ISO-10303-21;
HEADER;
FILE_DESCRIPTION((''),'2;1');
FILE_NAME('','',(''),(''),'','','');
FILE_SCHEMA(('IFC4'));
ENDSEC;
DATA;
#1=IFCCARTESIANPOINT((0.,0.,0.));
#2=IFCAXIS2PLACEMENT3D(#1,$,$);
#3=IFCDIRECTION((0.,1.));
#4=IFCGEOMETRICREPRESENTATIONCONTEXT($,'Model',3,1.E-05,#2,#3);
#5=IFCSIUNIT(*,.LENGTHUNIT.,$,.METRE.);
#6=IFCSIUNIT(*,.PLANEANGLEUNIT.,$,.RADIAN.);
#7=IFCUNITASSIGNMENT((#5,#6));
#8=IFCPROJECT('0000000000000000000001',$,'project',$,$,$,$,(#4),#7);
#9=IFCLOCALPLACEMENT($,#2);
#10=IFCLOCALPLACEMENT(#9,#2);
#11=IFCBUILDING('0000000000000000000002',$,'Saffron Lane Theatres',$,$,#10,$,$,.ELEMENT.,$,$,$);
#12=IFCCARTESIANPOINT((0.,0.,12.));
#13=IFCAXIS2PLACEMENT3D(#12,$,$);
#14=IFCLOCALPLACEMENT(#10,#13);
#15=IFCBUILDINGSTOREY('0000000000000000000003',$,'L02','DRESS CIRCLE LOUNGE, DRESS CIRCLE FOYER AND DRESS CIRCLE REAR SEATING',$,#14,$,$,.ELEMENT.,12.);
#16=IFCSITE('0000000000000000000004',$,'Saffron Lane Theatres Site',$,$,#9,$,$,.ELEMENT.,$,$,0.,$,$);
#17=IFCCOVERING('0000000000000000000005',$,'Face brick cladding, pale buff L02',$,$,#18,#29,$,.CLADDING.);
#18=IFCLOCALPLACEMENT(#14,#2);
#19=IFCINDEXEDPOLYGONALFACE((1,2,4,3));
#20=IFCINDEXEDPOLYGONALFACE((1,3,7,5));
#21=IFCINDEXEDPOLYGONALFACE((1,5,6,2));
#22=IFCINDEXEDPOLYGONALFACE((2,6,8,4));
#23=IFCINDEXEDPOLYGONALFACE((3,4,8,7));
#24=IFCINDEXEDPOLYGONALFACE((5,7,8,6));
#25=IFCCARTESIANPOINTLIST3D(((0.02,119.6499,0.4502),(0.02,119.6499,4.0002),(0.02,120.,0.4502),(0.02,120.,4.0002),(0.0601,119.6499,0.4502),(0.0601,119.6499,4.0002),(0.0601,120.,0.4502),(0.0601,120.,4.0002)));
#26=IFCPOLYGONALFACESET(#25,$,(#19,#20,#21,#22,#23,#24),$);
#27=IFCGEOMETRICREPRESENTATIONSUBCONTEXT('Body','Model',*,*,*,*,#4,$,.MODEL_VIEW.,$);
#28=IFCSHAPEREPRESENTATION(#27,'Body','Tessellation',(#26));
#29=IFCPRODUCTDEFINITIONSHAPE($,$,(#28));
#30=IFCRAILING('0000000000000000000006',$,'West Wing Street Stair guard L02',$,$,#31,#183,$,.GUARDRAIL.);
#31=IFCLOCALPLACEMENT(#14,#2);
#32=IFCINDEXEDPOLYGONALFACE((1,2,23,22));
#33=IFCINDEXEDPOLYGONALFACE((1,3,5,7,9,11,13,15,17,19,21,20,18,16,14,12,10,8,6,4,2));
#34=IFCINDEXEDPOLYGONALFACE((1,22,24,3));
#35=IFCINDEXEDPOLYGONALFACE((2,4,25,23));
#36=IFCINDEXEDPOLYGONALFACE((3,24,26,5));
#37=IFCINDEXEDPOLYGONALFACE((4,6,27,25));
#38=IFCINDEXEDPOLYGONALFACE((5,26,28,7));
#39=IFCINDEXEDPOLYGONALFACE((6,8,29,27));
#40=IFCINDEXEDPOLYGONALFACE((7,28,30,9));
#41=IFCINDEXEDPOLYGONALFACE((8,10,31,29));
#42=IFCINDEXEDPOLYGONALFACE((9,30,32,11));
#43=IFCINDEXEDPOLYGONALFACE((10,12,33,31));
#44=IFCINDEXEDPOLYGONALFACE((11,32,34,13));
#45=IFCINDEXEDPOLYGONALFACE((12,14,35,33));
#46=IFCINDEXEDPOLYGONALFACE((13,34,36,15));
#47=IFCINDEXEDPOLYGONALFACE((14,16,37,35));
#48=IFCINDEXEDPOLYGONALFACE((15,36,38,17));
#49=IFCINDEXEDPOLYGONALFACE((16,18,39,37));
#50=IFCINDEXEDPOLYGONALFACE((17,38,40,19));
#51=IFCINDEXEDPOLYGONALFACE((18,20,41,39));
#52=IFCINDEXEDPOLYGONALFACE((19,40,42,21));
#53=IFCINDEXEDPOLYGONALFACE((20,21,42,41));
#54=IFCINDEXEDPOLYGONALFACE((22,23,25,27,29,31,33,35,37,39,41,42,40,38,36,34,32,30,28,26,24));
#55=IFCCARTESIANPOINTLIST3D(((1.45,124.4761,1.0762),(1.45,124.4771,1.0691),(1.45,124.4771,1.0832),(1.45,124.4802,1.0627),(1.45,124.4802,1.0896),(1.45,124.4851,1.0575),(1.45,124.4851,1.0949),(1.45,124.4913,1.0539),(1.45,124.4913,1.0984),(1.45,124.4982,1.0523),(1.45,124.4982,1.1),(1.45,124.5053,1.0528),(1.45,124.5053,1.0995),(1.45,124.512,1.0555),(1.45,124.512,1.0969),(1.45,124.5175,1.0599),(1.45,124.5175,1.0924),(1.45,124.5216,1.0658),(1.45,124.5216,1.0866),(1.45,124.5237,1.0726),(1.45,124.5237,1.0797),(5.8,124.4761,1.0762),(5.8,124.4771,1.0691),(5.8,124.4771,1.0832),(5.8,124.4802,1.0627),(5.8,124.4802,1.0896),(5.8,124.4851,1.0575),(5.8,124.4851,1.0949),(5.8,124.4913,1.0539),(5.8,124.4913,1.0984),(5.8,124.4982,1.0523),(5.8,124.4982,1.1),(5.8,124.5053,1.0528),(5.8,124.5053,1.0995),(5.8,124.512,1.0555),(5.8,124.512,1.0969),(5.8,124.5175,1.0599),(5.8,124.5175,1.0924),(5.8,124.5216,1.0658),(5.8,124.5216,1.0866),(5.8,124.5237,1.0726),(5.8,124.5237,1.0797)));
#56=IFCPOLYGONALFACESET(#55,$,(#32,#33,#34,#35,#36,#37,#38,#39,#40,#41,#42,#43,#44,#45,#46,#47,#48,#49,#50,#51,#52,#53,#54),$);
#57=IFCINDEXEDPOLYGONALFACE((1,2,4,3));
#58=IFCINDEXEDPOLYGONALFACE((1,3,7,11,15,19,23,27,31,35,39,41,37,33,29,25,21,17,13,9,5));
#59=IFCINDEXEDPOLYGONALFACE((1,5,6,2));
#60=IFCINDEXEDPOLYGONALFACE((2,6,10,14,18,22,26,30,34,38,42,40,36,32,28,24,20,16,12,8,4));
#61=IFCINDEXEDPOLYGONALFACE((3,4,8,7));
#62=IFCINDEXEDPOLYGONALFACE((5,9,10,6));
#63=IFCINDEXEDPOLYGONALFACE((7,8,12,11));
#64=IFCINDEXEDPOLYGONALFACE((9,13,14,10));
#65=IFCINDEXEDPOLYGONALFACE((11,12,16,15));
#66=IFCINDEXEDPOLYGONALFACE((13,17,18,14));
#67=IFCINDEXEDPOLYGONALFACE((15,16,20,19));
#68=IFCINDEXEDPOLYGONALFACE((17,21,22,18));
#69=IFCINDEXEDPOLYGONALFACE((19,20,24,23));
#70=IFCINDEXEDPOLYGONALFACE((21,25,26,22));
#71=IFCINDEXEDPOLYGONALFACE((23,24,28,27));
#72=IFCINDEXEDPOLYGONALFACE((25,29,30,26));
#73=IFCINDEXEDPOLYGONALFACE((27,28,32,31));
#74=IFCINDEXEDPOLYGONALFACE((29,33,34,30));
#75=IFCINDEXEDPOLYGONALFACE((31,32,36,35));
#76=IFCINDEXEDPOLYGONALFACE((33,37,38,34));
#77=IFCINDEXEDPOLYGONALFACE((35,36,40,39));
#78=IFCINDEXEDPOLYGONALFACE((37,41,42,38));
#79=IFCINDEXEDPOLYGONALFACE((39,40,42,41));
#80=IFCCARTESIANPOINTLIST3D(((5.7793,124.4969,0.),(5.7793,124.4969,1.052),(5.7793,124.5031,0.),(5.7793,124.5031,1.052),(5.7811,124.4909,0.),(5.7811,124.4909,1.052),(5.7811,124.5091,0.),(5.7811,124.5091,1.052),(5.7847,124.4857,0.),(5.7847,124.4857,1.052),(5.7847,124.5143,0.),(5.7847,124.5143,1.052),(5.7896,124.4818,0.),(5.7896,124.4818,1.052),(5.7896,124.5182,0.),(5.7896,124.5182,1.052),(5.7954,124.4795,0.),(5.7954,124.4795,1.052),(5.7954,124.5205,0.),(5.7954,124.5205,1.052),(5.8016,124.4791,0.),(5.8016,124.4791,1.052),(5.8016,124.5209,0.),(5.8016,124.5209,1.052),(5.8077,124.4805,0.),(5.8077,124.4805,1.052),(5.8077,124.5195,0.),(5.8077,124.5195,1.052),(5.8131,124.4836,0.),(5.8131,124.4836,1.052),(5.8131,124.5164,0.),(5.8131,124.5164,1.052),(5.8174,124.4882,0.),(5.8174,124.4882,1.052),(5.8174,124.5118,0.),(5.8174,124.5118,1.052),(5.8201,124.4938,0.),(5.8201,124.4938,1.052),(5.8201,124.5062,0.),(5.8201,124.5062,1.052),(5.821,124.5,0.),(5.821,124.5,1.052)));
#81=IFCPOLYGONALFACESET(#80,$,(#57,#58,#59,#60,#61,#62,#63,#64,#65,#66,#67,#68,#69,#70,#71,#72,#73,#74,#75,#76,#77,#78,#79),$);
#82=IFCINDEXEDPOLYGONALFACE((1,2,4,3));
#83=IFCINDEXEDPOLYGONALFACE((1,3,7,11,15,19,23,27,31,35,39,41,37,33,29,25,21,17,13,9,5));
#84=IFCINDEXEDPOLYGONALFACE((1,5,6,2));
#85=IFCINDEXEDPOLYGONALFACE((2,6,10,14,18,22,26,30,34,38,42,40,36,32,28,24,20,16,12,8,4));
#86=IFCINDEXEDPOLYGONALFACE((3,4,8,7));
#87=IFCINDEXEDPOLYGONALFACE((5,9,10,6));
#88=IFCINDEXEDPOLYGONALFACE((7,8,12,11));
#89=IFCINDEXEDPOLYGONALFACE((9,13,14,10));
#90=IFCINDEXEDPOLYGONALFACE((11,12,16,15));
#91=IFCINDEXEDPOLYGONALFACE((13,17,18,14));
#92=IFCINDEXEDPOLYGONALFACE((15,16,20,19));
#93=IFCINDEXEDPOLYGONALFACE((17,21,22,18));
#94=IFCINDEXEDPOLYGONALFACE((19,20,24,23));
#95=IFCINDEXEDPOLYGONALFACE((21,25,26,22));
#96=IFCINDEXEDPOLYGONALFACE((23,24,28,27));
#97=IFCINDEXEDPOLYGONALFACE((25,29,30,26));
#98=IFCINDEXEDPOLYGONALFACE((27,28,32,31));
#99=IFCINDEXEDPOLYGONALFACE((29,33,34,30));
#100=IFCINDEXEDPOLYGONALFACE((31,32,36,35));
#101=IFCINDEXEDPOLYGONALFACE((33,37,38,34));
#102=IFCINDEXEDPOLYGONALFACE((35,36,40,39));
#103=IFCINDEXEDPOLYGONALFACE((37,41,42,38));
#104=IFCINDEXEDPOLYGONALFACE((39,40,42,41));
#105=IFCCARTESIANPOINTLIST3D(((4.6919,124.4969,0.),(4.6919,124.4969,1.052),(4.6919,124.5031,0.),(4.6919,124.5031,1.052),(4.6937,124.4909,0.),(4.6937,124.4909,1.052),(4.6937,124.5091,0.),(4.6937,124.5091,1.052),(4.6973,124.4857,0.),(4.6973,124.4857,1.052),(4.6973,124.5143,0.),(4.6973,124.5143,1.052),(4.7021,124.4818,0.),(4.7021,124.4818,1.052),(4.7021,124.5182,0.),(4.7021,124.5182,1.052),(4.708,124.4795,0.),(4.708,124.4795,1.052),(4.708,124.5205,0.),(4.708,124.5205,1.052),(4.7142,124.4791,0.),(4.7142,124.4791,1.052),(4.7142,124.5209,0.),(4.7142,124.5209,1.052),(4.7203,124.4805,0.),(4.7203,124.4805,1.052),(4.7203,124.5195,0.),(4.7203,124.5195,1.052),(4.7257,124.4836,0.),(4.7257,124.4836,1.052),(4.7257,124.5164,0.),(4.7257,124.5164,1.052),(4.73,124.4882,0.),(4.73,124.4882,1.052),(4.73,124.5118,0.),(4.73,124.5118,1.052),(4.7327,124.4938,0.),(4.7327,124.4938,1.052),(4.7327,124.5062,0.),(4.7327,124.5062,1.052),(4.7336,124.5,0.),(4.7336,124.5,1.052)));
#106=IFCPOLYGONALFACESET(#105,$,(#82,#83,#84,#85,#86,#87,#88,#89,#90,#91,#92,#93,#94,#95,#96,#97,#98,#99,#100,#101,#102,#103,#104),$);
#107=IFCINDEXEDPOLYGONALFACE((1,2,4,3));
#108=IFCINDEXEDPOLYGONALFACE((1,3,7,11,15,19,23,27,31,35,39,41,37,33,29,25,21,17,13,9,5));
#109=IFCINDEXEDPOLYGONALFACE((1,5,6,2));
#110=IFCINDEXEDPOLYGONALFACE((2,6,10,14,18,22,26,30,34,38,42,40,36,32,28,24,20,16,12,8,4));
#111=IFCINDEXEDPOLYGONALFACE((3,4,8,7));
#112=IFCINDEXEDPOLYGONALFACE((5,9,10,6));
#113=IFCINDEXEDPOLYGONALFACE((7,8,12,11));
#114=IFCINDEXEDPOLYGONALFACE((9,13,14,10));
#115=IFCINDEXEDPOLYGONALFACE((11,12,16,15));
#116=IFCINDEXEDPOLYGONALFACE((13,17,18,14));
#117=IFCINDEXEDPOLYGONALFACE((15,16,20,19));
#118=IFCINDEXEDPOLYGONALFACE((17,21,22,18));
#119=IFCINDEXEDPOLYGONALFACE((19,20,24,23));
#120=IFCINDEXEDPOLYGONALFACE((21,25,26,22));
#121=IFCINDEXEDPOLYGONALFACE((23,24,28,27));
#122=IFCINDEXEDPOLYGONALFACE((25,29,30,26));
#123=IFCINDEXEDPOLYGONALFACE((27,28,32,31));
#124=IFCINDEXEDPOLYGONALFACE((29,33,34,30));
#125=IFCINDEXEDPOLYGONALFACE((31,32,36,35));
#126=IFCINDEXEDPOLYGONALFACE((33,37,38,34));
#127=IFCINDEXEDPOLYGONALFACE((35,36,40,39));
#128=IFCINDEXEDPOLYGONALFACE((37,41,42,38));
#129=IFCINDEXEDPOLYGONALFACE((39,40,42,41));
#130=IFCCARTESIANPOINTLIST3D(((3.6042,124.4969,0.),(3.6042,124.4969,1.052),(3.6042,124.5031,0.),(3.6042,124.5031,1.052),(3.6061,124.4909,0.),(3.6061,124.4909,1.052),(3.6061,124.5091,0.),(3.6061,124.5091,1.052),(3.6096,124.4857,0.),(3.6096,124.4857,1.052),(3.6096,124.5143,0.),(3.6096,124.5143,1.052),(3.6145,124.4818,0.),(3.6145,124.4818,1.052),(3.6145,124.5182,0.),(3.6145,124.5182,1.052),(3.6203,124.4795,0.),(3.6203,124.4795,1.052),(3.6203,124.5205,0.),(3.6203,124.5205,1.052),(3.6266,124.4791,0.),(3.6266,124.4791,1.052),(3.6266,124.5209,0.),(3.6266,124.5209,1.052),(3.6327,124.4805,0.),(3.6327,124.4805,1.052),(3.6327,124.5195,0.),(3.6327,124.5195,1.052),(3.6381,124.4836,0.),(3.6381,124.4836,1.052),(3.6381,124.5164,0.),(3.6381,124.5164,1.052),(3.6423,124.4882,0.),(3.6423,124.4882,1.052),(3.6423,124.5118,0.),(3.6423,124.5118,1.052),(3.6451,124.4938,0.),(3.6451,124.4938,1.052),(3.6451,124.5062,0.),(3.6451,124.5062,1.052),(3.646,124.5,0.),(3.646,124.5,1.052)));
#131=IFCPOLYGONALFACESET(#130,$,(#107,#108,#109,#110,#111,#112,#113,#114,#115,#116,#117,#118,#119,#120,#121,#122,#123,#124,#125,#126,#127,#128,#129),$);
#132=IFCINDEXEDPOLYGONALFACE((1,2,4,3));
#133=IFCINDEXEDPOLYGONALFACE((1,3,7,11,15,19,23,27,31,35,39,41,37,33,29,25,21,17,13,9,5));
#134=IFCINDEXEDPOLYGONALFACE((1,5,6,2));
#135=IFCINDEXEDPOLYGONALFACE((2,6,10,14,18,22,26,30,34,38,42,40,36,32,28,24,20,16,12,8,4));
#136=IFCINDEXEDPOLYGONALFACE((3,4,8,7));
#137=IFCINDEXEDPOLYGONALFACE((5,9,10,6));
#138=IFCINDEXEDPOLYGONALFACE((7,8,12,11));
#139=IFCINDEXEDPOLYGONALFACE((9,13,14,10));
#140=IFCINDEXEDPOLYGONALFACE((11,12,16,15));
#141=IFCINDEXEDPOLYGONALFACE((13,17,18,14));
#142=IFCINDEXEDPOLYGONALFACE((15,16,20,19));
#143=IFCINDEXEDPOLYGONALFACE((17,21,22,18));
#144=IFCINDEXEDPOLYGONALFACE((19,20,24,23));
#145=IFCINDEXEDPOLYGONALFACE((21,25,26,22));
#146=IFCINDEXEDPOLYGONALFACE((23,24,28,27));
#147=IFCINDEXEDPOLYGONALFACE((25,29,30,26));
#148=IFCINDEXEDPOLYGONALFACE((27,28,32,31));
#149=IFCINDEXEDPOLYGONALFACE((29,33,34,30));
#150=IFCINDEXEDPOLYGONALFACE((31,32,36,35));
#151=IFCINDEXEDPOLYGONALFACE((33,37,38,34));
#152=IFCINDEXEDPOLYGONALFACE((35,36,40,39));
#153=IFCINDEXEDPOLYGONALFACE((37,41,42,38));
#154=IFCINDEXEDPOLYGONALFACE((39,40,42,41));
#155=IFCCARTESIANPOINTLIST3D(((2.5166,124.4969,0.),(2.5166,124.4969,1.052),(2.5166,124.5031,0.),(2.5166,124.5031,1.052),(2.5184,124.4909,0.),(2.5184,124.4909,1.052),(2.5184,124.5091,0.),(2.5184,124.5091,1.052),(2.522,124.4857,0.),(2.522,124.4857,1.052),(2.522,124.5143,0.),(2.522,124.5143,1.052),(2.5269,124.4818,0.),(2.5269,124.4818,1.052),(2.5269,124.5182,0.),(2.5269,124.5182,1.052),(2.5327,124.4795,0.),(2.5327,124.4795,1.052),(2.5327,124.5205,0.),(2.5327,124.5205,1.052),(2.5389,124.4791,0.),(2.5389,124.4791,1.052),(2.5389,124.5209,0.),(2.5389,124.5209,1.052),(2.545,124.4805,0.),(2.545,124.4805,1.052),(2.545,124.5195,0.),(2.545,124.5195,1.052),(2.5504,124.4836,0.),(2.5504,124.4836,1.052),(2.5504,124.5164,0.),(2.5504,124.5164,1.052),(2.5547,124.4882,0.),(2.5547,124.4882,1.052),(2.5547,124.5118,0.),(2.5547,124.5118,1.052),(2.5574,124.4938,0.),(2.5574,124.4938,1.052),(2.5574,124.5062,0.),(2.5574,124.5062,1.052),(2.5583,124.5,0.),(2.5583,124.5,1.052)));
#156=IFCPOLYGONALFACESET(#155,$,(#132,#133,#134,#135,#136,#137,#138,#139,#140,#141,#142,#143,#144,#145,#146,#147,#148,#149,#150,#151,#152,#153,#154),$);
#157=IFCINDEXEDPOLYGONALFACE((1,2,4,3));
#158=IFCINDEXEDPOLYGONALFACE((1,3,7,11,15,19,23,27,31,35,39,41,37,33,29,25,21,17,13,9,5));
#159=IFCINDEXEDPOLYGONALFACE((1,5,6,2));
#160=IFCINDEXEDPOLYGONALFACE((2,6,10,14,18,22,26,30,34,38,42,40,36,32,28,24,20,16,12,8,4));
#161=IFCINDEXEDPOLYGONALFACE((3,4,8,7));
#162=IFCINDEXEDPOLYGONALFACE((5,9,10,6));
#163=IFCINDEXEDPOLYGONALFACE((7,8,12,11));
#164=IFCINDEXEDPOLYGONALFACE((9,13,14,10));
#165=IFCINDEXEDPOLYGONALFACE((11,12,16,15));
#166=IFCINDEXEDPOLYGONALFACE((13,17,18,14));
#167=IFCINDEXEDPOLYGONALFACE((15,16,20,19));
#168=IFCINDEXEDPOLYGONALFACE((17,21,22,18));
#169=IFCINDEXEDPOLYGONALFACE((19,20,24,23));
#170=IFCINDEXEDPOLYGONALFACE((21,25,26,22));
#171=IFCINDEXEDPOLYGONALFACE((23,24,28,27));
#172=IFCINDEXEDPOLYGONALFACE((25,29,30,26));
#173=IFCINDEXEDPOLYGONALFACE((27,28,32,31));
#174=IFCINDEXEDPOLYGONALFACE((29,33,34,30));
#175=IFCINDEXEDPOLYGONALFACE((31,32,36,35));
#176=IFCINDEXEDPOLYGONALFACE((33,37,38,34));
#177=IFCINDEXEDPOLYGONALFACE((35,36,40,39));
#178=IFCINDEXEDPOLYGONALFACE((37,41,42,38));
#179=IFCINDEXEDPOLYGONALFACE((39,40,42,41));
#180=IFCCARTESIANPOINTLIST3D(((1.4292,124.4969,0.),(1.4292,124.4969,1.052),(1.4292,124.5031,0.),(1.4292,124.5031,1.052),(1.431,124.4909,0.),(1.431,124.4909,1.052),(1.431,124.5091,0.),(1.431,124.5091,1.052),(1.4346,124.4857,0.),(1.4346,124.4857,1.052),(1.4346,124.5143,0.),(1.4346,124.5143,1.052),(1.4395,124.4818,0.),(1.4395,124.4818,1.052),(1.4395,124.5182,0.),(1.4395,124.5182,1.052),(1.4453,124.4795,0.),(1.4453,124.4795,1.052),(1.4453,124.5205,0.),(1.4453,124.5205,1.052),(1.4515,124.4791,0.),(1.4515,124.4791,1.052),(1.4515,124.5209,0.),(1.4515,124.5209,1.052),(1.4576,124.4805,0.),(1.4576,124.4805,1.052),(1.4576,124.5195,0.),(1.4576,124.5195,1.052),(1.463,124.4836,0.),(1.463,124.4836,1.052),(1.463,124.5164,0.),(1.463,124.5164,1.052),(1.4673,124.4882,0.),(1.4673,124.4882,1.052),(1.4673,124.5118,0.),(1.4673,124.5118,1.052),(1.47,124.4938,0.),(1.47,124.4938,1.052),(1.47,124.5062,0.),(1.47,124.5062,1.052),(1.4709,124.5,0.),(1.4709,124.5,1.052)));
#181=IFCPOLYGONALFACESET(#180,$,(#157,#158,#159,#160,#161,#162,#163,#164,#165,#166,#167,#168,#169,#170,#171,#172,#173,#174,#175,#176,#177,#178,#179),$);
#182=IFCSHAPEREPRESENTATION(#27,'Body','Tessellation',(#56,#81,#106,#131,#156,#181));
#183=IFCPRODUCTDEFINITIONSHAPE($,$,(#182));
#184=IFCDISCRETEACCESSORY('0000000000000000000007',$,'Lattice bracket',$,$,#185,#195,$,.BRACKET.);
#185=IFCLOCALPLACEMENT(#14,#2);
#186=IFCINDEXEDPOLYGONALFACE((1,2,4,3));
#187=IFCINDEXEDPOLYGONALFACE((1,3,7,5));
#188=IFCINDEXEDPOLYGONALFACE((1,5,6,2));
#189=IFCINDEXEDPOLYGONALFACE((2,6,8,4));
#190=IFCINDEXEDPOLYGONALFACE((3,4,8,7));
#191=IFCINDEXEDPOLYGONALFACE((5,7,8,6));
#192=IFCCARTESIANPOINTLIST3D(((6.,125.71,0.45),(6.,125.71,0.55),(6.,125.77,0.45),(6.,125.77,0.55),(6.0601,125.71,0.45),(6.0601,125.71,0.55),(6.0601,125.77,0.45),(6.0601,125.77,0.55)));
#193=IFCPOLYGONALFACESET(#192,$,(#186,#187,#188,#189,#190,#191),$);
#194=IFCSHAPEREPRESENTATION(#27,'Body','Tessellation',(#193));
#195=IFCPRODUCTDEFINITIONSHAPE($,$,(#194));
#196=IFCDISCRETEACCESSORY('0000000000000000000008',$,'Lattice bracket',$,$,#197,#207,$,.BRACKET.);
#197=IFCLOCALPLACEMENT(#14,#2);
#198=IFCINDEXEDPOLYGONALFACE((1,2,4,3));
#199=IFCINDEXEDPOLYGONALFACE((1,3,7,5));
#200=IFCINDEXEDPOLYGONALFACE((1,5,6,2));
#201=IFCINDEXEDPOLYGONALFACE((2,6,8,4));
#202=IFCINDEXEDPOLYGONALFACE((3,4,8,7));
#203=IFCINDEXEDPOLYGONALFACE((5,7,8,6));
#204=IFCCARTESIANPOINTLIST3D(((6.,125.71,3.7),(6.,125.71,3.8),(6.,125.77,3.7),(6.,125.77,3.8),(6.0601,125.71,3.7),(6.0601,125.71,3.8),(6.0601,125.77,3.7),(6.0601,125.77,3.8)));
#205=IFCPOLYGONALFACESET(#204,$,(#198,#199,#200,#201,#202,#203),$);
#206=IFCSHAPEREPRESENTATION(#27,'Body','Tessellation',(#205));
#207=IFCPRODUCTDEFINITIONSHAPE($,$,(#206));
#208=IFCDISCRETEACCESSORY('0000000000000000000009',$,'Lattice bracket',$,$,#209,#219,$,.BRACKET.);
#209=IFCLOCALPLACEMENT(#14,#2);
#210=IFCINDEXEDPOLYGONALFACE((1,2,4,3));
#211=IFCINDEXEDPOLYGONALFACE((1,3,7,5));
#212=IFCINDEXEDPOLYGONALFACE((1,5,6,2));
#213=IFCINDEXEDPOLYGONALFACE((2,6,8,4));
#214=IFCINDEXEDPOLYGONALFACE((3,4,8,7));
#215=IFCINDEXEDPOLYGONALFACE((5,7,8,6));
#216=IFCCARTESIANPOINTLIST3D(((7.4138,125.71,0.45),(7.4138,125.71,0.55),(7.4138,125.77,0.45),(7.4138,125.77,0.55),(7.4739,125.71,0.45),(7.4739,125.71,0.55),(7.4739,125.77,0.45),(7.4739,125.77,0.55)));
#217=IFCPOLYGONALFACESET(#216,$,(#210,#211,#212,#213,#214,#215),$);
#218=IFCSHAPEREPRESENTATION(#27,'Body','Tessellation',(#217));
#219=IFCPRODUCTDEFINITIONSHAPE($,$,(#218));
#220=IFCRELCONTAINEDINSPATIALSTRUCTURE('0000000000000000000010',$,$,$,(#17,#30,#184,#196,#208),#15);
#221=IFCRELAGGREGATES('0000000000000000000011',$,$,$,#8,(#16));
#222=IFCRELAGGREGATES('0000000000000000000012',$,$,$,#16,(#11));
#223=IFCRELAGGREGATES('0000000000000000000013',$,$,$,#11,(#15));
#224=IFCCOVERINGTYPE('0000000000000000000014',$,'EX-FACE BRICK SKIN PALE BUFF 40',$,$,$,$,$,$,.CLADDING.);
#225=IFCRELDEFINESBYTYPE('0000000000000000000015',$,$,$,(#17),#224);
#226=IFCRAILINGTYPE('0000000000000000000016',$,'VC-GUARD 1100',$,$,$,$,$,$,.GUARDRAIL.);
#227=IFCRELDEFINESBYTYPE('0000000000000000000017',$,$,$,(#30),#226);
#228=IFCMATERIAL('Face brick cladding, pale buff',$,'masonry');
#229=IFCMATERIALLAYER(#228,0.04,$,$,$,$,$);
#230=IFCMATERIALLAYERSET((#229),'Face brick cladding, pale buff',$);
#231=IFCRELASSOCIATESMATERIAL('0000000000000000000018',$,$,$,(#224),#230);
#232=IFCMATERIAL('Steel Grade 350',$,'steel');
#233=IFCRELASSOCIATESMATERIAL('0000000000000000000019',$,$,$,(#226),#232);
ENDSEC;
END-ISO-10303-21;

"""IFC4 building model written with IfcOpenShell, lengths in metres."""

from ifc_helpers import new_model, si_unit, direction, frame, origin, origin_2d, place, context, subcontext, project, spatial, rectangle, circle, extrude, material, layer, layer_set, type_object, element, save


model = new_model("IFC4")

# Units and contexts
model_context = context("Model", 3, precision=1e-05, world=origin(), true_north=direction((0.0, 1.0)))
body_context = subcontext(model_context, "Body", "Model", "MODEL_VIEW")
ifc_project = project(units=[si_unit("LENGTHUNIT", "METRE"), si_unit("PLANEANGLEUNIT", "RADIAN")], contexts=[model_context])

# Site, building, storey
site_placement = place(None, origin())
site = spatial("IfcSite", under=ifc_project, at=site_placement, Name="Saffron Lane Theatres Site", CompositionType="ELEMENT", RefElevation=0.0)
building_placement = place(site_placement, origin())
building = spatial("IfcBuilding", under=site, at=building_placement, Name="Saffron Lane Theatres", CompositionType="ELEMENT")
storey_placement = place(building_placement, frame((0.0, 0.0, 12.0)))
storey = spatial("IfcBuildingStorey", under=building, at=storey_placement, Name="L02", Description="DRESS CIRCLE LOUNGE, DRESS CIRCLE FOYER AND DRESS CIRCLE REAR SEATING", CompositionType="ELEMENT", Elevation=12.0)

# Covering
ifc_material_1 = material(Name="Face brick cladding, pale buff", Category="masonry")
ifc_layer_1 = layer(ifc_material_1, 0.04)
ifc_layer_set_1 = layer_set([ifc_layer_1], Name="Face brick cladding, pale buff")
covering_type_1 = type_object("IfcCoveringType", Name="EX-FACE BRICK SKIN PALE BUFF 40", PredefinedType="CLADDING", material=ifc_layer_set_1)
covering_1_placement = place(storey_placement, frame((0.04, 119.825, 0.4502), z_axis=(0.0, 0.0, 1.0), x_axis=(0.0, 1.0, 0.0)))
element("IfcCovering", 1, at=covering_1_placement, inside=storey, type_object=covering_type_1, Name="Face brick cladding, pale buff L02", PredefinedType="CLADDING", context=body_context, shape_type="SweptSolid", body=[
    extrude(rectangle(XDim=0.3501, YDim=0.04, at=origin_2d()), origin(), (0.0, 0.0, 1.0), 3.55),
])

# Railing
ifc_material_2 = material(Name="Steel Grade 350", Category="steel")
railing_type = type_object("IfcRailingType", Name="VC-GUARD 1100", PredefinedType="GUARDRAIL", material=ifc_material_2)
railing_placement = place(storey_placement, frame((5.8, 124.5, 0.0)))
element("IfcRailing", 2, at=railing_placement, inside=storey, type_object=railing_type, Name="West Wing Street Stair guard L02", PredefinedType="GUARDRAIL", context=body_context, shape_type="SweptSolid", body=[
    extrude(circle(Radius=0.0239, at=origin_2d()), frame((0.0, 0.0, 1.0762), z_axis=(-1.0, 0.0, 0.0), x_axis=(0.0, -1.0, 0.0)), (0.0, 0.0, 1.0), 4.3501),
    extrude(circle(Radius=0.021, at=origin_2d()), origin(), (0.0, 0.0, 1.0), 1.052),
    extrude(circle(Radius=0.021, at=origin_2d()), frame((-1.0874, 0.0, 0.0)), (0.0, 0.0, 1.0), 1.052),
    extrude(circle(Radius=0.021, at=origin_2d()), frame((-2.175, 0.0, 0.0)), (0.0, 0.0, 1.0), 1.052),
    extrude(circle(Radius=0.021, at=origin_2d()), frame((-3.2627, 0.0, 0.0)), (0.0, 0.0, 1.0), 1.052),
    extrude(circle(Radius=0.021, at=origin_2d()), frame((-4.3501, 0.0, 0.0)), (0.0, 0.0, 1.0), 1.052),
])

# Discrete accessories
for number, where, z_axis, x_axis, name in (
    (3, (6.03, 125.74, 0.45), (0.0, 0.0, 1.0), (1.0, 0.0, 0.0), "Lattice bracket"),
    (4, (6.03, 125.74, 3.7), (0.0, 0.0, 1.0), (1.0, 0.0, 0.0), "Lattice bracket"),
    (5, (7.4438, 125.74, 0.45), (0.0, 0.0, 1.0), (1.0, 0.0, 0.0), "Lattice bracket"),
):
    element("IfcDiscreteAccessory", number, at=place(storey_placement, frame(where, z_axis=z_axis, x_axis=x_axis)), inside=storey, Name=name, PredefinedType="BRACKET", context=body_context, shape_type="SweptSolid", body=[
        extrude(rectangle(XDim=0.0601, YDim=0.0601, at=origin_2d()), origin(), (0.0, 0.0, 1.0), 0.1001),
    ])

save(model, "model.ifc")
